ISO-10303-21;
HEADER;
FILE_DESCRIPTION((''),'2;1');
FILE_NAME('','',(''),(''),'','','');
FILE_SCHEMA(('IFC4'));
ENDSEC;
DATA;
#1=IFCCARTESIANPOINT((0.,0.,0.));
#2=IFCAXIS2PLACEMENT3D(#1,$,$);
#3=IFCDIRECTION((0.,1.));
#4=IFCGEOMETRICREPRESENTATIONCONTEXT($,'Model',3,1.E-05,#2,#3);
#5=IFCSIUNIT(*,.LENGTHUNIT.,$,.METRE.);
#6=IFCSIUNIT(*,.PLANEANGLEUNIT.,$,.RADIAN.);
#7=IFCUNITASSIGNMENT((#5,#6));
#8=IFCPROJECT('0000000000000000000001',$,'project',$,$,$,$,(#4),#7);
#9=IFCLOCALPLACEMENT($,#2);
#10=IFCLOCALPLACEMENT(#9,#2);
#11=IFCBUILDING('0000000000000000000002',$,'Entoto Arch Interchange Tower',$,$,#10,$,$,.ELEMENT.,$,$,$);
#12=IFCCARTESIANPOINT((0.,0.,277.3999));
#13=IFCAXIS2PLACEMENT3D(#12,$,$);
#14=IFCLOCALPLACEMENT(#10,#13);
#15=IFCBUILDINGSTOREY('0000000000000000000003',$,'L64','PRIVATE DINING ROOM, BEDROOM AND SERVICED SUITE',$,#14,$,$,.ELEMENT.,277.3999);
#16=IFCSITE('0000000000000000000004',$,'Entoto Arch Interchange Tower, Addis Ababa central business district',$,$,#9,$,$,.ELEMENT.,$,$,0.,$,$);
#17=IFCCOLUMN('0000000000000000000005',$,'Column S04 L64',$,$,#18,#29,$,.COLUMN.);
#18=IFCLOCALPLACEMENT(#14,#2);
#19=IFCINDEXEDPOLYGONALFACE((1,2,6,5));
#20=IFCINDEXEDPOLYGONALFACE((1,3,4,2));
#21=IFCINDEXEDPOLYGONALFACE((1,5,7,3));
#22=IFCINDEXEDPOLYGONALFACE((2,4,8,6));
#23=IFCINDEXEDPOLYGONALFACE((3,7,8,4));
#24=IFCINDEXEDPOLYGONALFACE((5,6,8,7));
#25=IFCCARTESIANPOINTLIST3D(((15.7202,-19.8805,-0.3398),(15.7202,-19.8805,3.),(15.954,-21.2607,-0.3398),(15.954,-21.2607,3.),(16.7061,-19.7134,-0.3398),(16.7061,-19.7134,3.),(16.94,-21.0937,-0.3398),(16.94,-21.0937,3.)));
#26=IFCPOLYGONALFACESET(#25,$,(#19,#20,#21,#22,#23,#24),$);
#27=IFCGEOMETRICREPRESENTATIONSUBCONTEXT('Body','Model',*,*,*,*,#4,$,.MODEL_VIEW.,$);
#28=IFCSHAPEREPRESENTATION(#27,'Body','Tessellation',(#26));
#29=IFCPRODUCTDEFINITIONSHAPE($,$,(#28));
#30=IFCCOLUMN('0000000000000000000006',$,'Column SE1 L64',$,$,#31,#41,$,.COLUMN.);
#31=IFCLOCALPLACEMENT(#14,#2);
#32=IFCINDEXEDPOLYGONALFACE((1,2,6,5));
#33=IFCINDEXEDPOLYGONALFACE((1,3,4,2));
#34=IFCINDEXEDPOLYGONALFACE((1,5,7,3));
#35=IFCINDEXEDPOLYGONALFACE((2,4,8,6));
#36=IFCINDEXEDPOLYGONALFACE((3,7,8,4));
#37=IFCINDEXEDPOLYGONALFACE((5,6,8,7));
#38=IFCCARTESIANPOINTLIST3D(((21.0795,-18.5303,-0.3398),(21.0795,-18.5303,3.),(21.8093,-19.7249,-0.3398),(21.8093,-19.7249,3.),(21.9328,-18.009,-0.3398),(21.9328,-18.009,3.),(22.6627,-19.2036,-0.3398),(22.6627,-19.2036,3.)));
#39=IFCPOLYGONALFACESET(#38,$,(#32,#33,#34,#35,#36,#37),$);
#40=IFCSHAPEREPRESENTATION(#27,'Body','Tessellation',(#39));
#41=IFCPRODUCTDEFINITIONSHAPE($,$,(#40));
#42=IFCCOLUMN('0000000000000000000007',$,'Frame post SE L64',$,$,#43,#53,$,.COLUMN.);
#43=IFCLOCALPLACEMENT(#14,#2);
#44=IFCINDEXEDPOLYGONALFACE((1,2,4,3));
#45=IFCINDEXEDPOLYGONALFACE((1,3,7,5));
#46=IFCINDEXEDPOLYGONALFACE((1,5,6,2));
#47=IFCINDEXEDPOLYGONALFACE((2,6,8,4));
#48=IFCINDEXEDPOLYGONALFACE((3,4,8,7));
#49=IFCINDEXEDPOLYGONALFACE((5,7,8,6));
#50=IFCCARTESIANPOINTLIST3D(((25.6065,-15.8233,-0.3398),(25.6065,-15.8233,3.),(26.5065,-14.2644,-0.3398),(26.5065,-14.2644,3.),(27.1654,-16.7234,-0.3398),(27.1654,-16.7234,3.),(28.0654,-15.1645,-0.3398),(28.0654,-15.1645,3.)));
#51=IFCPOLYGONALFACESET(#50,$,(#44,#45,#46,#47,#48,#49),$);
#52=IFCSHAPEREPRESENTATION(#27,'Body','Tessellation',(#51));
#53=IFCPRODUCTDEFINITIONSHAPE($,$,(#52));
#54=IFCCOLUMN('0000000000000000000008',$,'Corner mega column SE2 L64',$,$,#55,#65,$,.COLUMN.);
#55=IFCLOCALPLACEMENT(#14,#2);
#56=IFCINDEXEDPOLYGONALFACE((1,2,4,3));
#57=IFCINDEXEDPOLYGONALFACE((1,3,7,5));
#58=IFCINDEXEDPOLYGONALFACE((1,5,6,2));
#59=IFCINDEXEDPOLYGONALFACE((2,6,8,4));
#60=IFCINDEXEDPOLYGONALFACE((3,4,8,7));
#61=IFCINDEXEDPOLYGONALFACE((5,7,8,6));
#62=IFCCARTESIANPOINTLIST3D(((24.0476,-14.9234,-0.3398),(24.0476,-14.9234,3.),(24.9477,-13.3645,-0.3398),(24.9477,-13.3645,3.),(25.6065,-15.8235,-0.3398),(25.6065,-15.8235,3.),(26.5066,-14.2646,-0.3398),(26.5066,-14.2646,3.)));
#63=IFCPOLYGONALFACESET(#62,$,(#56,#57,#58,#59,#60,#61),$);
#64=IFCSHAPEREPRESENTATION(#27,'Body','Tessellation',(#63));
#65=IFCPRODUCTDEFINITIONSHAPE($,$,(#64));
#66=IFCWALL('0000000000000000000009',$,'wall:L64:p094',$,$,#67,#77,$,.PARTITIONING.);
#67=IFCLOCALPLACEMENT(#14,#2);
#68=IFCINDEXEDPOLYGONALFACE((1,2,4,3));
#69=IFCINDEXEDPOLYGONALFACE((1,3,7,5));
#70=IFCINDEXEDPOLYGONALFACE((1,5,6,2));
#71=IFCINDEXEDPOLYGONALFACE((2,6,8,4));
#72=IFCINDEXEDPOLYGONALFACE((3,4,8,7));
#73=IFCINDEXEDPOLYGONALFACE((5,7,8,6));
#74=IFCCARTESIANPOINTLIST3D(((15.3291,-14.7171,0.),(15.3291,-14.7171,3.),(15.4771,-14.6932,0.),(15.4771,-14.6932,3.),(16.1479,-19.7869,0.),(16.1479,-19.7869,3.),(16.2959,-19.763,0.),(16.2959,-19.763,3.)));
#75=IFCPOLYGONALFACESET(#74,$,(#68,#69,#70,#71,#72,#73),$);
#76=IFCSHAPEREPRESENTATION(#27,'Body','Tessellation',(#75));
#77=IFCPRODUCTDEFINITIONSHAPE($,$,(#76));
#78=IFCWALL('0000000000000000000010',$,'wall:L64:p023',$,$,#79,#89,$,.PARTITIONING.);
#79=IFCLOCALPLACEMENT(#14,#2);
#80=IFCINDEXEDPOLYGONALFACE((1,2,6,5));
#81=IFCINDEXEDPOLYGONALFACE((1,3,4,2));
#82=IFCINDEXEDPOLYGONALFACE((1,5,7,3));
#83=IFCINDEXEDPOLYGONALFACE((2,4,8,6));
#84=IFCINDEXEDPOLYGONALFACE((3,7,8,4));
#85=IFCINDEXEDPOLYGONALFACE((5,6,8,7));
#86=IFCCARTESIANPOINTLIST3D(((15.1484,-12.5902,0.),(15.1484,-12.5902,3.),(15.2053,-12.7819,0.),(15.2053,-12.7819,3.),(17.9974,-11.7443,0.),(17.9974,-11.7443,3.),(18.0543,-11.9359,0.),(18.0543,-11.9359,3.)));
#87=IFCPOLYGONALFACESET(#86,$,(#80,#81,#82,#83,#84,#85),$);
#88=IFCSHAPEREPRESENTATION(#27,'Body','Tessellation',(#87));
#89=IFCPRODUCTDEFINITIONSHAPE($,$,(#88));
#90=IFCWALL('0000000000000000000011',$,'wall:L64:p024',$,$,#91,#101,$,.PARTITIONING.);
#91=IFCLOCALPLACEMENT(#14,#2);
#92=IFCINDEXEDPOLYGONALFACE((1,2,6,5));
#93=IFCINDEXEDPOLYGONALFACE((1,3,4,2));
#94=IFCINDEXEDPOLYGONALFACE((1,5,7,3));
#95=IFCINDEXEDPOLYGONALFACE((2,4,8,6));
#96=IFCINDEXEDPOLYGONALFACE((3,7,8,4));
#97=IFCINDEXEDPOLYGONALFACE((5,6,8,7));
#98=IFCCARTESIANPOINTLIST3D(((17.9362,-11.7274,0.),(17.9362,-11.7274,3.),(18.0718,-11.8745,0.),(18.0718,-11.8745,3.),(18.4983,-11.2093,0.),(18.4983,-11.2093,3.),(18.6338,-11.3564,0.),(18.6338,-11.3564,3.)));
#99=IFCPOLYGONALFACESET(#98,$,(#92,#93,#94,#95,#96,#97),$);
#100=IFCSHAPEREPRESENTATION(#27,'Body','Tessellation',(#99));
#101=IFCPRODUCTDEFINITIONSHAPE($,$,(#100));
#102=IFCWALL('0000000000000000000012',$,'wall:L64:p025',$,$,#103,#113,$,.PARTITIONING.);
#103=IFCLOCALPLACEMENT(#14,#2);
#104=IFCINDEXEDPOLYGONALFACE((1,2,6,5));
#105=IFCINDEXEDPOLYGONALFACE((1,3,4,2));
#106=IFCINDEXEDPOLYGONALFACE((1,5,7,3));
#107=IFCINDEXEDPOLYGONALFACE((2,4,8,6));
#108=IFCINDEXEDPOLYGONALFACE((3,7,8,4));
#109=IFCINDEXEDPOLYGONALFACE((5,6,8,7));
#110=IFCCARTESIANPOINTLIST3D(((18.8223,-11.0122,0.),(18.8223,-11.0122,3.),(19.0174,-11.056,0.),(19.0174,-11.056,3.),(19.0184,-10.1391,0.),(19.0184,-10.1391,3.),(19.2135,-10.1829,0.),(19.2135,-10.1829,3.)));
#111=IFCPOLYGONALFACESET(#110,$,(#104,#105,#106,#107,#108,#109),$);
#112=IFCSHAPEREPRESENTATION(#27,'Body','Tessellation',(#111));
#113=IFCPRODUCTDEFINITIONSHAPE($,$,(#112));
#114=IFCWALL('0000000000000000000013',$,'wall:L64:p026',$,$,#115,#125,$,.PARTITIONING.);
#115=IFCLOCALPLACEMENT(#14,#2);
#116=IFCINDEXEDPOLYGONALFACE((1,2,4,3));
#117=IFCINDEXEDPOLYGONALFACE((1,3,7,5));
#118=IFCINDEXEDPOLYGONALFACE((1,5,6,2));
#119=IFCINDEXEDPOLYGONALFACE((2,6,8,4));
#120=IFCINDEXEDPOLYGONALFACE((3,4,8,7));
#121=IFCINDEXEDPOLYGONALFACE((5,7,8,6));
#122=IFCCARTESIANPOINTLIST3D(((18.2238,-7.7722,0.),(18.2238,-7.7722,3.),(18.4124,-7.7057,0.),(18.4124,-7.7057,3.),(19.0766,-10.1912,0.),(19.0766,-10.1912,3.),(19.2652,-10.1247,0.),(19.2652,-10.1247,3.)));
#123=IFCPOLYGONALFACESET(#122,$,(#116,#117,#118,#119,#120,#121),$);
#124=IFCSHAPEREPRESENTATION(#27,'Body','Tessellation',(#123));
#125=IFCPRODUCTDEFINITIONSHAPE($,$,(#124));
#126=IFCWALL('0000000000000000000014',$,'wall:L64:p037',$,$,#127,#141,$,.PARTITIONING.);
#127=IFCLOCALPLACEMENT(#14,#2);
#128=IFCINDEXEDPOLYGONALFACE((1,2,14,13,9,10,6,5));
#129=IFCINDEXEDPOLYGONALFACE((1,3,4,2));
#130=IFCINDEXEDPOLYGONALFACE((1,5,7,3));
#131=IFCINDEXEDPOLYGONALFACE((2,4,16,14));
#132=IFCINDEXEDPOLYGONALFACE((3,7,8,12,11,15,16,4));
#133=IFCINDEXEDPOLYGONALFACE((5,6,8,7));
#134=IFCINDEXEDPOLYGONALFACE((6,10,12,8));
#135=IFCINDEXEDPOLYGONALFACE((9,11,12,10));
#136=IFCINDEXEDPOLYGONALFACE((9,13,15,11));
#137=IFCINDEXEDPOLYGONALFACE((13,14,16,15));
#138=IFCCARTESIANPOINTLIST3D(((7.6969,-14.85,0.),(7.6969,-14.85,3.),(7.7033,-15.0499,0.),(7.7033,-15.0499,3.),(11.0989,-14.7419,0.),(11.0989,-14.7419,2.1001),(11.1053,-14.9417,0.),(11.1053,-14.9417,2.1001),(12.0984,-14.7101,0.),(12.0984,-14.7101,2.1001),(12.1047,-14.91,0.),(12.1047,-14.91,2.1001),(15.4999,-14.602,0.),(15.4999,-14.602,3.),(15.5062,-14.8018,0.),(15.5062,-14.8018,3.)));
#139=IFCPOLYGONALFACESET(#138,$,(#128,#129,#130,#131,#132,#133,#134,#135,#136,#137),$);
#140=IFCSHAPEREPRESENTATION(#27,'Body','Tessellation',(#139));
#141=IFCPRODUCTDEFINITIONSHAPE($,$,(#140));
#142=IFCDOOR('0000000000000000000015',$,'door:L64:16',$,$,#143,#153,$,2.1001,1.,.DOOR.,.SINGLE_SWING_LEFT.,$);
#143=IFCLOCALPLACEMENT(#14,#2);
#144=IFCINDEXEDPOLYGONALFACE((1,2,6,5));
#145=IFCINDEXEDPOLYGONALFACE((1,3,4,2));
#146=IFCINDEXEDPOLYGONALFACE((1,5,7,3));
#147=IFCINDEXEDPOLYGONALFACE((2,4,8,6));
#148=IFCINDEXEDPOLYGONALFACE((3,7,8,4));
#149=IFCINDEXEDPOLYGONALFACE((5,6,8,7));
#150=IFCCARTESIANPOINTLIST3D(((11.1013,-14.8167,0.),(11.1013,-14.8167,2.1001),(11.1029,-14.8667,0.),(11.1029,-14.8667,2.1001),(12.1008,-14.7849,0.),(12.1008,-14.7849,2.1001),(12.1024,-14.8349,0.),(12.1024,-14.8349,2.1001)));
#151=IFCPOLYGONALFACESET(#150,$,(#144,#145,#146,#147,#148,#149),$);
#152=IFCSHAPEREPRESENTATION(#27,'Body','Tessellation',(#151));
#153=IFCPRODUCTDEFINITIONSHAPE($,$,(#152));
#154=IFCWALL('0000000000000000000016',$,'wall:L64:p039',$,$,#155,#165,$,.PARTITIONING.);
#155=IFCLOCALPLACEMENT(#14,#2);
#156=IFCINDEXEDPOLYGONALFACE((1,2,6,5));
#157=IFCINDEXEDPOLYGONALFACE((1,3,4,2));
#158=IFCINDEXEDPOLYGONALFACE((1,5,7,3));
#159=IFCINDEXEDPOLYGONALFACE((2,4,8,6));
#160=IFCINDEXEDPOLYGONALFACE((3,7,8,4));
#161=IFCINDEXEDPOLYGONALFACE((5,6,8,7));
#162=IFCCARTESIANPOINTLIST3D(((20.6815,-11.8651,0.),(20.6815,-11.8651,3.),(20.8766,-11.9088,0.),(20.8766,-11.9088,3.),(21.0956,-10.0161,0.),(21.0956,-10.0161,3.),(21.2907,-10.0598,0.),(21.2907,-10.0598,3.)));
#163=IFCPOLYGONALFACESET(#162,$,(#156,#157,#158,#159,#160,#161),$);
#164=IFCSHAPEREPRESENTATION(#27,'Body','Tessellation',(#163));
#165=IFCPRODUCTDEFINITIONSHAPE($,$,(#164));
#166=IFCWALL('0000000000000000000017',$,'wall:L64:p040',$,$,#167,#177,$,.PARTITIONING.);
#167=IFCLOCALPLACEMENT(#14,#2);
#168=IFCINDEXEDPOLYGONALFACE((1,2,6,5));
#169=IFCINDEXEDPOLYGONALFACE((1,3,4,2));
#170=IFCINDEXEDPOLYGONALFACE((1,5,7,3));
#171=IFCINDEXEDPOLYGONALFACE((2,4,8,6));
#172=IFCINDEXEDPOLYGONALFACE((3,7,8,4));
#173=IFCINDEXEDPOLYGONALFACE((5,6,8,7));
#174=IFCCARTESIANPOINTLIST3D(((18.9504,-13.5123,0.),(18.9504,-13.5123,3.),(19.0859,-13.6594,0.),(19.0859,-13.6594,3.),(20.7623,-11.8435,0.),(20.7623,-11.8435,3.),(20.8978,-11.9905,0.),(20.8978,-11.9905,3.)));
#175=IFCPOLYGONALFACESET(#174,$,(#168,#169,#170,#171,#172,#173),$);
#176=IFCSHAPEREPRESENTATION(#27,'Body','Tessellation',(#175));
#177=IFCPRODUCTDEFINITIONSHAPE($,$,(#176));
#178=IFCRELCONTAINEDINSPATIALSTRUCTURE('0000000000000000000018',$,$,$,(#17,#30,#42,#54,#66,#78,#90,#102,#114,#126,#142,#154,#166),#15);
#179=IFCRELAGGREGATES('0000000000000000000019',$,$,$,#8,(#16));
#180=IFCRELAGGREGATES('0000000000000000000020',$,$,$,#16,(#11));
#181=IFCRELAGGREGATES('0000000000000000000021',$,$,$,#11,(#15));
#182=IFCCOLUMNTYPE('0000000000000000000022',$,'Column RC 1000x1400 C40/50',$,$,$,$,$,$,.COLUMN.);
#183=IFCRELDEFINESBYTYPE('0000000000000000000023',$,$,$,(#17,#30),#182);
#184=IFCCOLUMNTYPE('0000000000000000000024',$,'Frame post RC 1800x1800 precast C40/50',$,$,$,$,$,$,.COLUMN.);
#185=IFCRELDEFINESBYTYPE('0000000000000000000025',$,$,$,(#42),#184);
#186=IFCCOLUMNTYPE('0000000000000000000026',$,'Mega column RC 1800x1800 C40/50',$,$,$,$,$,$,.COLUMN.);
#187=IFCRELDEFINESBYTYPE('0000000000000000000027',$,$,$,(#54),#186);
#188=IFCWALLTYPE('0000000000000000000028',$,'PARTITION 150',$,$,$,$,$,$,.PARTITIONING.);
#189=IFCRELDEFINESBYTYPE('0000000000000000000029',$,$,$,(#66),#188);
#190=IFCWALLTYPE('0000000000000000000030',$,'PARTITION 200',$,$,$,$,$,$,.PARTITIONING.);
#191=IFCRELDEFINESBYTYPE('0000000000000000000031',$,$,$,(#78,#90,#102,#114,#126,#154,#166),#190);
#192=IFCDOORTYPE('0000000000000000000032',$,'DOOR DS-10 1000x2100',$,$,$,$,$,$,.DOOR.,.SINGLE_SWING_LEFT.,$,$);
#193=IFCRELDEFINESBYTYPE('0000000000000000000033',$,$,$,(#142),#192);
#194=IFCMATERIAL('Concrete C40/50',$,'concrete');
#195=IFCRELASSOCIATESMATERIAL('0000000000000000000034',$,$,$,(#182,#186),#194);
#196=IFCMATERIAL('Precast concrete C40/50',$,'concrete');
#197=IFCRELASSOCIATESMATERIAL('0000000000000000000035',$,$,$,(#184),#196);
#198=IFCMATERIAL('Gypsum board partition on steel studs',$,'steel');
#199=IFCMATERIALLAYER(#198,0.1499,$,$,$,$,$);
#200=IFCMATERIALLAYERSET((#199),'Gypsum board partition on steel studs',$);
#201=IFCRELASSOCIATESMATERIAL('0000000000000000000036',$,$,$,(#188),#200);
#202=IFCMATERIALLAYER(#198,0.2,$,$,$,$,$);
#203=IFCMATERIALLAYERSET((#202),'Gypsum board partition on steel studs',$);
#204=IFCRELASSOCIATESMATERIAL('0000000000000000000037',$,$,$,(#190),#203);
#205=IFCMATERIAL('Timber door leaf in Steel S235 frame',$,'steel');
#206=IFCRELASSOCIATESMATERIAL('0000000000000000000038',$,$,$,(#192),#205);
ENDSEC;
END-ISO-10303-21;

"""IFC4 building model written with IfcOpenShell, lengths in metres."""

from ifc_helpers import new_model, si_unit, direction, frame, frame_2d, origin, origin_2d, place, context, subcontext, project, spatial, rectangle, extrude, material, layer, layer_set, material_profile, profile_set, type_object, element, fill, save


model = new_model("IFC4")

# Units and contexts
model_context = context("Model", 3, precision=1e-05, world=origin(), true_north=direction((0.0, 1.0)))
body_context = subcontext(model_context, "Body", "Model", "MODEL_VIEW")
ifc_project = project(units=[si_unit("LENGTHUNIT", "METRE"), si_unit("PLANEANGLEUNIT", "RADIAN")], contexts=[model_context])

# Site, building, storey
site_placement = place(None, origin())
site = spatial("IfcSite", under=ifc_project, at=site_placement, Name="Entoto Arch Interchange Tower, Addis Ababa central business district", CompositionType="ELEMENT", RefElevation=0.0)
building_placement = place(site_placement, origin())
building = spatial("IfcBuilding", under=site, at=building_placement, Name="Entoto Arch Interchange Tower", CompositionType="ELEMENT")
storey_placement = place(building_placement, frame((0.0, 0.0, 277.3999)))
storey = spatial("IfcBuildingStorey", under=building, at=storey_placement, Name="L64", Description="PRIVATE DINING ROOM, BEDROOM AND SERVICED SUITE", CompositionType="ELEMENT", Elevation=277.3999)

# Columns
ifc_material_1 = material(Name="Concrete C40/50", Category="concrete")
ifc_material_profile_1 = material_profile(ifc_material_1, rectangle(XDim=1.0, YDim=1.3999, at=origin_2d()))
ifc_profile_set_1 = profile_set([ifc_material_profile_1], Name="Concrete C40/50")
column_type_1 = type_object("IfcColumnType", Name="Column RC 1000x1400 C40/50", PredefinedType="COLUMN", material=ifc_profile_set_1)
for number, where, z_axis, x_axis, name in (
    (1, (16.3301, -20.4871, -0.3398), (0.0, 0.0, 1.0), (0.985952, 0.167027, 0.0), "Column S04 L64"),
    (2, (21.8711, -18.8669, -0.3398), (0.0, 0.0, 1.0), (0.853342, 0.521352, 0.0), "Column SE1 L64"),
):
    element("IfcColumn", number, at=place(storey_placement, frame(where, z_axis=z_axis, x_axis=x_axis)), inside=storey, type_object=column_type_1, Name=name, PredefinedType="COLUMN", context=body_context, shape_type="SweptSolid", body=[
        extrude(rectangle(XDim=1.0, YDim=1.3999, at=origin_2d()), origin(), (0.0, 0.0, 1.0), 3.3398),
    ])
ifc_material_2 = material(Name="Precast concrete C40/50", Category="concrete")
ifc_material_profile_2 = material_profile(ifc_material_2, rectangle(XDim=1.8, YDim=1.8, at=origin_2d()))
ifc_profile_set_2 = profile_set([ifc_material_profile_2], Name="Precast concrete C40/50")
column_type_2 = type_object("IfcColumnType", Name="Frame post RC 1800x1800 precast C40/50", PredefinedType="COLUMN", material=ifc_profile_set_2)
column_1_placement = place(storey_placement, frame((26.8359, -15.4939, -0.3398), z_axis=(0.0, 0.0, 1.0), x_axis=(-0.866025, 0.5, 0.0)))
element("IfcColumn", 3, at=column_1_placement, inside=storey, type_object=column_type_2, Name="Frame post SE L64", PredefinedType="COLUMN", context=body_context, shape_type="SweptSolid", body=[
    extrude(rectangle(XDim=1.8, YDim=1.8, at=origin_2d()), origin(), (0.0, 0.0, 1.0), 3.3398),
])
ifc_material_profile_3 = material_profile(ifc_material_1, rectangle(XDim=1.8, YDim=1.8, at=origin_2d()))
ifc_profile_set_3 = profile_set([ifc_material_profile_3], Name="Concrete C40/50")
column_type_3 = type_object("IfcColumnType", Name="Mega column RC 1800x1800 C40/50", PredefinedType="COLUMN", material=ifc_profile_set_3)
column_2_placement = place(storey_placement, frame((25.2771, -14.594, -0.3398), z_axis=(0.0, 0.0, 1.0), x_axis=(-0.866025, 0.5, 0.0)))
element("IfcColumn", 4, at=column_2_placement, inside=storey, type_object=column_type_3, Name="Corner mega column SE2 L64", PredefinedType="COLUMN", context=body_context, shape_type="SweptSolid", body=[
    extrude(rectangle(XDim=1.8, YDim=1.8, at=origin_2d()), origin(), (0.0, 0.0, 1.0), 3.3398),
])

# Walls
ifc_material_3 = material(Name="Gypsum board partition on steel studs", Category="steel")
ifc_layer_1 = layer(ifc_material_3, 0.1499)
ifc_layer_set_1 = layer_set([ifc_layer_1], Name="Gypsum board partition on steel studs")
wall_type_1 = type_object("IfcWallType", Name="PARTITION 150", PredefinedType="PARTITIONING", material=ifc_layer_set_1)
wall_1_placement = place(storey_placement, frame((15.4031, -14.7051, 0.0), z_axis=(0.0, 0.0, 1.0), x_axis=(0.159448, -0.987206, 0.0)))
element("IfcWall", 5, at=wall_1_placement, inside=storey, type_object=wall_type_1, Name="wall:L64:p094", PredefinedType="PARTITIONING", context=body_context, shape_type="SweptSolid", body=[
    extrude(rectangle(XDim=5.1355, YDim=0.1499, at=frame_2d((2.5679, 0.0))), origin(), (0.0, 0.0, 1.0), 3.0),
])
ifc_layer_2 = layer(ifc_material_3, 0.2)
ifc_layer_set_2 = layer_set([ifc_layer_2], Name="Gypsum board partition on steel studs")
wall_type_2 = type_object("IfcWallType", Name="PARTITION 200", PredefinedType="PARTITIONING", material=ifc_layer_set_2)
wall_2_placement = place(storey_placement, frame((15.177, -12.686, 0.0), z_axis=(0.0, 0.0, 1.0), x_axis=(0.95863, 0.284656, 0.0)))
element("IfcWall", 6, at=wall_2_placement, inside=storey, type_object=wall_type_2, Name="wall:L64:p023", PredefinedType="PARTITIONING", context=body_context, shape_type="SweptSolid", body=[
    extrude(rectangle(XDim=2.9719, YDim=0.2, at=frame_2d((1.4858, 0.0))), origin(), (0.0, 0.0, 1.0), 3.0),
])
wall_3_placement = place(storey_placement, frame((18.0039, -11.801, 0.0), z_axis=(0.0, 0.0, 1.0), x_axis=(0.735269, 0.677776, 0.0)))
element("IfcWall", 7, at=wall_3_placement, inside=storey, type_object=wall_type_2, Name="wall:L64:p024", PredefinedType="PARTITIONING", context=body_context, shape_type="SweptSolid", body=[
    extrude(rectangle(XDim=0.7644, YDim=0.2, at=frame_2d((0.3823, 0.0))), origin(), (0.0, 0.0, 1.0), 3.0),
])
wall_4_placement = place(storey_placement, frame((18.9199, -11.0339, 0.0), z_axis=(0.0, 0.0, 1.0), x_axis=(0.219097, 0.975703, 0.0)))
element("IfcWall", 8, at=wall_4_placement, inside=storey, type_object=wall_type_2, Name="wall:L64:p025", PredefinedType="PARTITIONING", context=body_context, shape_type="SweptSolid", body=[
    extrude(rectangle(XDim=0.8948, YDim=0.2, at=frame_2d((0.4473, 0.0))), origin(), (0.0, 0.0, 1.0), 3.0),
])
wall_5_placement = place(storey_placement, frame((19.1709, -10.158, 0.0), z_axis=(0.0, 0.0, 1.0), x_axis=(-0.332487, 0.943108, 0.0)))
element("IfcWall", 9, at=wall_5_placement, inside=storey, type_object=wall_type_2, Name="wall:L64:p026", PredefinedType="PARTITIONING", context=body_context, shape_type="SweptSolid", body=[
    extrude(rectangle(XDim=2.5649, YDim=0.2, at=frame_2d((1.2825, 0.0))), origin(), (0.0, 0.0, 1.0), 3.0),
])

# Wall, opening, door
wall_6_placement = place(storey_placement, frame((15.5029, -14.7019, 0.0), z_axis=(0.0, 0.0, 1.0), x_axis=(-0.999495, -0.031773, 0.0)))
wall_6 = element("IfcWall", 10, at=wall_6_placement, inside=storey, type_object=wall_type_2, Name="wall:L64:p037", PredefinedType="PARTITIONING", context=body_context, shape_type="SweptSolid", body=[
    extrude(rectangle(XDim=7.8069, YDim=0.2, at=frame_2d((3.9033, 0.0))), origin(), (0.0, 0.0, 1.0), 3.0),
])
opening_1_placement = place(wall_6_placement, frame((3.4031, 0.0, 0.0)))
opening_1 = element("IfcOpeningElement", 11, at=opening_1_placement, cuts=wall_6, PredefinedType="OPENING", context=body_context, shape_type="SweptSolid", body=[
    extrude(rectangle(XDim=1.0, YDim=2.1001, at=frame_2d((0.5, 1.05))), frame((0.0, 0.1099, 0.0), z_axis=(0.0, -1.0, 0.0), x_axis=(1.0, 0.0, 0.0)), (0.0, 0.0, 1.0), 0.22),
])
ifc_material_4 = material(Name="Timber door leaf in Steel S235 frame", Category="steel")
door_type_1 = type_object("IfcDoorType", Name="DOOR DS-10 1000x2100", OperationType="SINGLE_SWING_LEFT", PredefinedType="DOOR", material=ifc_material_4)
door_1_placement = place(opening_1_placement, origin())
door_1 = element("IfcDoor", 12, at=door_1_placement, inside=storey, type_object=door_type_1, Name="door:L64:16", OperationType="SINGLE_SWING_LEFT", OverallHeight=2.1001, OverallWidth=1.0, PredefinedType="DOOR", context=body_context, shape_type="SweptSolid", body=[
    extrude(rectangle(XDim=1.0, YDim=2.1001, at=frame_2d((0.5, 1.05))), frame((0.0, 0.0249, 0.0), z_axis=(0.0, -1.0, 0.0), x_axis=(1.0, 0.0, 0.0)), (0.0, 0.0, 1.0), 0.05),
])
fill(opening_1, door_1)

# Walls
wall_7_placement = place(storey_placement, frame((21.1931, -10.0381, 0.0), z_axis=(0.0, 0.0, 1.0), x_axis=(-0.21854, -0.975828, 0.0)))
element("IfcWall", 13, at=wall_7_placement, inside=storey, type_object=wall_type_2, Name="wall:L64:p039", PredefinedType="PARTITIONING", context=body_context, shape_type="SweptSolid", body=[
    extrude(rectangle(XDim=1.8948, YDim=0.2, at=frame_2d((0.9473, 0.0))), origin(), (0.0, 0.0, 1.0), 3.0),
])
wall_8_placement = place(storey_placement, frame((20.8301, -11.917, 0.0), z_axis=(0.0, 0.0, 1.0), x_axis=(-0.735548, -0.677473, 0.0)))
element("IfcWall", 14, at=wall_8_placement, inside=storey, type_object=wall_type_2, Name="wall:L64:p040", PredefinedType="PARTITIONING", context=body_context, shape_type="SweptSolid", body=[
    extrude(rectangle(XDim=2.4634, YDim=0.2, at=frame_2d((1.2317, 0.0))), origin(), (0.0, 0.0, 1.0), 3.0),
])

save(model, "model.ifc")
